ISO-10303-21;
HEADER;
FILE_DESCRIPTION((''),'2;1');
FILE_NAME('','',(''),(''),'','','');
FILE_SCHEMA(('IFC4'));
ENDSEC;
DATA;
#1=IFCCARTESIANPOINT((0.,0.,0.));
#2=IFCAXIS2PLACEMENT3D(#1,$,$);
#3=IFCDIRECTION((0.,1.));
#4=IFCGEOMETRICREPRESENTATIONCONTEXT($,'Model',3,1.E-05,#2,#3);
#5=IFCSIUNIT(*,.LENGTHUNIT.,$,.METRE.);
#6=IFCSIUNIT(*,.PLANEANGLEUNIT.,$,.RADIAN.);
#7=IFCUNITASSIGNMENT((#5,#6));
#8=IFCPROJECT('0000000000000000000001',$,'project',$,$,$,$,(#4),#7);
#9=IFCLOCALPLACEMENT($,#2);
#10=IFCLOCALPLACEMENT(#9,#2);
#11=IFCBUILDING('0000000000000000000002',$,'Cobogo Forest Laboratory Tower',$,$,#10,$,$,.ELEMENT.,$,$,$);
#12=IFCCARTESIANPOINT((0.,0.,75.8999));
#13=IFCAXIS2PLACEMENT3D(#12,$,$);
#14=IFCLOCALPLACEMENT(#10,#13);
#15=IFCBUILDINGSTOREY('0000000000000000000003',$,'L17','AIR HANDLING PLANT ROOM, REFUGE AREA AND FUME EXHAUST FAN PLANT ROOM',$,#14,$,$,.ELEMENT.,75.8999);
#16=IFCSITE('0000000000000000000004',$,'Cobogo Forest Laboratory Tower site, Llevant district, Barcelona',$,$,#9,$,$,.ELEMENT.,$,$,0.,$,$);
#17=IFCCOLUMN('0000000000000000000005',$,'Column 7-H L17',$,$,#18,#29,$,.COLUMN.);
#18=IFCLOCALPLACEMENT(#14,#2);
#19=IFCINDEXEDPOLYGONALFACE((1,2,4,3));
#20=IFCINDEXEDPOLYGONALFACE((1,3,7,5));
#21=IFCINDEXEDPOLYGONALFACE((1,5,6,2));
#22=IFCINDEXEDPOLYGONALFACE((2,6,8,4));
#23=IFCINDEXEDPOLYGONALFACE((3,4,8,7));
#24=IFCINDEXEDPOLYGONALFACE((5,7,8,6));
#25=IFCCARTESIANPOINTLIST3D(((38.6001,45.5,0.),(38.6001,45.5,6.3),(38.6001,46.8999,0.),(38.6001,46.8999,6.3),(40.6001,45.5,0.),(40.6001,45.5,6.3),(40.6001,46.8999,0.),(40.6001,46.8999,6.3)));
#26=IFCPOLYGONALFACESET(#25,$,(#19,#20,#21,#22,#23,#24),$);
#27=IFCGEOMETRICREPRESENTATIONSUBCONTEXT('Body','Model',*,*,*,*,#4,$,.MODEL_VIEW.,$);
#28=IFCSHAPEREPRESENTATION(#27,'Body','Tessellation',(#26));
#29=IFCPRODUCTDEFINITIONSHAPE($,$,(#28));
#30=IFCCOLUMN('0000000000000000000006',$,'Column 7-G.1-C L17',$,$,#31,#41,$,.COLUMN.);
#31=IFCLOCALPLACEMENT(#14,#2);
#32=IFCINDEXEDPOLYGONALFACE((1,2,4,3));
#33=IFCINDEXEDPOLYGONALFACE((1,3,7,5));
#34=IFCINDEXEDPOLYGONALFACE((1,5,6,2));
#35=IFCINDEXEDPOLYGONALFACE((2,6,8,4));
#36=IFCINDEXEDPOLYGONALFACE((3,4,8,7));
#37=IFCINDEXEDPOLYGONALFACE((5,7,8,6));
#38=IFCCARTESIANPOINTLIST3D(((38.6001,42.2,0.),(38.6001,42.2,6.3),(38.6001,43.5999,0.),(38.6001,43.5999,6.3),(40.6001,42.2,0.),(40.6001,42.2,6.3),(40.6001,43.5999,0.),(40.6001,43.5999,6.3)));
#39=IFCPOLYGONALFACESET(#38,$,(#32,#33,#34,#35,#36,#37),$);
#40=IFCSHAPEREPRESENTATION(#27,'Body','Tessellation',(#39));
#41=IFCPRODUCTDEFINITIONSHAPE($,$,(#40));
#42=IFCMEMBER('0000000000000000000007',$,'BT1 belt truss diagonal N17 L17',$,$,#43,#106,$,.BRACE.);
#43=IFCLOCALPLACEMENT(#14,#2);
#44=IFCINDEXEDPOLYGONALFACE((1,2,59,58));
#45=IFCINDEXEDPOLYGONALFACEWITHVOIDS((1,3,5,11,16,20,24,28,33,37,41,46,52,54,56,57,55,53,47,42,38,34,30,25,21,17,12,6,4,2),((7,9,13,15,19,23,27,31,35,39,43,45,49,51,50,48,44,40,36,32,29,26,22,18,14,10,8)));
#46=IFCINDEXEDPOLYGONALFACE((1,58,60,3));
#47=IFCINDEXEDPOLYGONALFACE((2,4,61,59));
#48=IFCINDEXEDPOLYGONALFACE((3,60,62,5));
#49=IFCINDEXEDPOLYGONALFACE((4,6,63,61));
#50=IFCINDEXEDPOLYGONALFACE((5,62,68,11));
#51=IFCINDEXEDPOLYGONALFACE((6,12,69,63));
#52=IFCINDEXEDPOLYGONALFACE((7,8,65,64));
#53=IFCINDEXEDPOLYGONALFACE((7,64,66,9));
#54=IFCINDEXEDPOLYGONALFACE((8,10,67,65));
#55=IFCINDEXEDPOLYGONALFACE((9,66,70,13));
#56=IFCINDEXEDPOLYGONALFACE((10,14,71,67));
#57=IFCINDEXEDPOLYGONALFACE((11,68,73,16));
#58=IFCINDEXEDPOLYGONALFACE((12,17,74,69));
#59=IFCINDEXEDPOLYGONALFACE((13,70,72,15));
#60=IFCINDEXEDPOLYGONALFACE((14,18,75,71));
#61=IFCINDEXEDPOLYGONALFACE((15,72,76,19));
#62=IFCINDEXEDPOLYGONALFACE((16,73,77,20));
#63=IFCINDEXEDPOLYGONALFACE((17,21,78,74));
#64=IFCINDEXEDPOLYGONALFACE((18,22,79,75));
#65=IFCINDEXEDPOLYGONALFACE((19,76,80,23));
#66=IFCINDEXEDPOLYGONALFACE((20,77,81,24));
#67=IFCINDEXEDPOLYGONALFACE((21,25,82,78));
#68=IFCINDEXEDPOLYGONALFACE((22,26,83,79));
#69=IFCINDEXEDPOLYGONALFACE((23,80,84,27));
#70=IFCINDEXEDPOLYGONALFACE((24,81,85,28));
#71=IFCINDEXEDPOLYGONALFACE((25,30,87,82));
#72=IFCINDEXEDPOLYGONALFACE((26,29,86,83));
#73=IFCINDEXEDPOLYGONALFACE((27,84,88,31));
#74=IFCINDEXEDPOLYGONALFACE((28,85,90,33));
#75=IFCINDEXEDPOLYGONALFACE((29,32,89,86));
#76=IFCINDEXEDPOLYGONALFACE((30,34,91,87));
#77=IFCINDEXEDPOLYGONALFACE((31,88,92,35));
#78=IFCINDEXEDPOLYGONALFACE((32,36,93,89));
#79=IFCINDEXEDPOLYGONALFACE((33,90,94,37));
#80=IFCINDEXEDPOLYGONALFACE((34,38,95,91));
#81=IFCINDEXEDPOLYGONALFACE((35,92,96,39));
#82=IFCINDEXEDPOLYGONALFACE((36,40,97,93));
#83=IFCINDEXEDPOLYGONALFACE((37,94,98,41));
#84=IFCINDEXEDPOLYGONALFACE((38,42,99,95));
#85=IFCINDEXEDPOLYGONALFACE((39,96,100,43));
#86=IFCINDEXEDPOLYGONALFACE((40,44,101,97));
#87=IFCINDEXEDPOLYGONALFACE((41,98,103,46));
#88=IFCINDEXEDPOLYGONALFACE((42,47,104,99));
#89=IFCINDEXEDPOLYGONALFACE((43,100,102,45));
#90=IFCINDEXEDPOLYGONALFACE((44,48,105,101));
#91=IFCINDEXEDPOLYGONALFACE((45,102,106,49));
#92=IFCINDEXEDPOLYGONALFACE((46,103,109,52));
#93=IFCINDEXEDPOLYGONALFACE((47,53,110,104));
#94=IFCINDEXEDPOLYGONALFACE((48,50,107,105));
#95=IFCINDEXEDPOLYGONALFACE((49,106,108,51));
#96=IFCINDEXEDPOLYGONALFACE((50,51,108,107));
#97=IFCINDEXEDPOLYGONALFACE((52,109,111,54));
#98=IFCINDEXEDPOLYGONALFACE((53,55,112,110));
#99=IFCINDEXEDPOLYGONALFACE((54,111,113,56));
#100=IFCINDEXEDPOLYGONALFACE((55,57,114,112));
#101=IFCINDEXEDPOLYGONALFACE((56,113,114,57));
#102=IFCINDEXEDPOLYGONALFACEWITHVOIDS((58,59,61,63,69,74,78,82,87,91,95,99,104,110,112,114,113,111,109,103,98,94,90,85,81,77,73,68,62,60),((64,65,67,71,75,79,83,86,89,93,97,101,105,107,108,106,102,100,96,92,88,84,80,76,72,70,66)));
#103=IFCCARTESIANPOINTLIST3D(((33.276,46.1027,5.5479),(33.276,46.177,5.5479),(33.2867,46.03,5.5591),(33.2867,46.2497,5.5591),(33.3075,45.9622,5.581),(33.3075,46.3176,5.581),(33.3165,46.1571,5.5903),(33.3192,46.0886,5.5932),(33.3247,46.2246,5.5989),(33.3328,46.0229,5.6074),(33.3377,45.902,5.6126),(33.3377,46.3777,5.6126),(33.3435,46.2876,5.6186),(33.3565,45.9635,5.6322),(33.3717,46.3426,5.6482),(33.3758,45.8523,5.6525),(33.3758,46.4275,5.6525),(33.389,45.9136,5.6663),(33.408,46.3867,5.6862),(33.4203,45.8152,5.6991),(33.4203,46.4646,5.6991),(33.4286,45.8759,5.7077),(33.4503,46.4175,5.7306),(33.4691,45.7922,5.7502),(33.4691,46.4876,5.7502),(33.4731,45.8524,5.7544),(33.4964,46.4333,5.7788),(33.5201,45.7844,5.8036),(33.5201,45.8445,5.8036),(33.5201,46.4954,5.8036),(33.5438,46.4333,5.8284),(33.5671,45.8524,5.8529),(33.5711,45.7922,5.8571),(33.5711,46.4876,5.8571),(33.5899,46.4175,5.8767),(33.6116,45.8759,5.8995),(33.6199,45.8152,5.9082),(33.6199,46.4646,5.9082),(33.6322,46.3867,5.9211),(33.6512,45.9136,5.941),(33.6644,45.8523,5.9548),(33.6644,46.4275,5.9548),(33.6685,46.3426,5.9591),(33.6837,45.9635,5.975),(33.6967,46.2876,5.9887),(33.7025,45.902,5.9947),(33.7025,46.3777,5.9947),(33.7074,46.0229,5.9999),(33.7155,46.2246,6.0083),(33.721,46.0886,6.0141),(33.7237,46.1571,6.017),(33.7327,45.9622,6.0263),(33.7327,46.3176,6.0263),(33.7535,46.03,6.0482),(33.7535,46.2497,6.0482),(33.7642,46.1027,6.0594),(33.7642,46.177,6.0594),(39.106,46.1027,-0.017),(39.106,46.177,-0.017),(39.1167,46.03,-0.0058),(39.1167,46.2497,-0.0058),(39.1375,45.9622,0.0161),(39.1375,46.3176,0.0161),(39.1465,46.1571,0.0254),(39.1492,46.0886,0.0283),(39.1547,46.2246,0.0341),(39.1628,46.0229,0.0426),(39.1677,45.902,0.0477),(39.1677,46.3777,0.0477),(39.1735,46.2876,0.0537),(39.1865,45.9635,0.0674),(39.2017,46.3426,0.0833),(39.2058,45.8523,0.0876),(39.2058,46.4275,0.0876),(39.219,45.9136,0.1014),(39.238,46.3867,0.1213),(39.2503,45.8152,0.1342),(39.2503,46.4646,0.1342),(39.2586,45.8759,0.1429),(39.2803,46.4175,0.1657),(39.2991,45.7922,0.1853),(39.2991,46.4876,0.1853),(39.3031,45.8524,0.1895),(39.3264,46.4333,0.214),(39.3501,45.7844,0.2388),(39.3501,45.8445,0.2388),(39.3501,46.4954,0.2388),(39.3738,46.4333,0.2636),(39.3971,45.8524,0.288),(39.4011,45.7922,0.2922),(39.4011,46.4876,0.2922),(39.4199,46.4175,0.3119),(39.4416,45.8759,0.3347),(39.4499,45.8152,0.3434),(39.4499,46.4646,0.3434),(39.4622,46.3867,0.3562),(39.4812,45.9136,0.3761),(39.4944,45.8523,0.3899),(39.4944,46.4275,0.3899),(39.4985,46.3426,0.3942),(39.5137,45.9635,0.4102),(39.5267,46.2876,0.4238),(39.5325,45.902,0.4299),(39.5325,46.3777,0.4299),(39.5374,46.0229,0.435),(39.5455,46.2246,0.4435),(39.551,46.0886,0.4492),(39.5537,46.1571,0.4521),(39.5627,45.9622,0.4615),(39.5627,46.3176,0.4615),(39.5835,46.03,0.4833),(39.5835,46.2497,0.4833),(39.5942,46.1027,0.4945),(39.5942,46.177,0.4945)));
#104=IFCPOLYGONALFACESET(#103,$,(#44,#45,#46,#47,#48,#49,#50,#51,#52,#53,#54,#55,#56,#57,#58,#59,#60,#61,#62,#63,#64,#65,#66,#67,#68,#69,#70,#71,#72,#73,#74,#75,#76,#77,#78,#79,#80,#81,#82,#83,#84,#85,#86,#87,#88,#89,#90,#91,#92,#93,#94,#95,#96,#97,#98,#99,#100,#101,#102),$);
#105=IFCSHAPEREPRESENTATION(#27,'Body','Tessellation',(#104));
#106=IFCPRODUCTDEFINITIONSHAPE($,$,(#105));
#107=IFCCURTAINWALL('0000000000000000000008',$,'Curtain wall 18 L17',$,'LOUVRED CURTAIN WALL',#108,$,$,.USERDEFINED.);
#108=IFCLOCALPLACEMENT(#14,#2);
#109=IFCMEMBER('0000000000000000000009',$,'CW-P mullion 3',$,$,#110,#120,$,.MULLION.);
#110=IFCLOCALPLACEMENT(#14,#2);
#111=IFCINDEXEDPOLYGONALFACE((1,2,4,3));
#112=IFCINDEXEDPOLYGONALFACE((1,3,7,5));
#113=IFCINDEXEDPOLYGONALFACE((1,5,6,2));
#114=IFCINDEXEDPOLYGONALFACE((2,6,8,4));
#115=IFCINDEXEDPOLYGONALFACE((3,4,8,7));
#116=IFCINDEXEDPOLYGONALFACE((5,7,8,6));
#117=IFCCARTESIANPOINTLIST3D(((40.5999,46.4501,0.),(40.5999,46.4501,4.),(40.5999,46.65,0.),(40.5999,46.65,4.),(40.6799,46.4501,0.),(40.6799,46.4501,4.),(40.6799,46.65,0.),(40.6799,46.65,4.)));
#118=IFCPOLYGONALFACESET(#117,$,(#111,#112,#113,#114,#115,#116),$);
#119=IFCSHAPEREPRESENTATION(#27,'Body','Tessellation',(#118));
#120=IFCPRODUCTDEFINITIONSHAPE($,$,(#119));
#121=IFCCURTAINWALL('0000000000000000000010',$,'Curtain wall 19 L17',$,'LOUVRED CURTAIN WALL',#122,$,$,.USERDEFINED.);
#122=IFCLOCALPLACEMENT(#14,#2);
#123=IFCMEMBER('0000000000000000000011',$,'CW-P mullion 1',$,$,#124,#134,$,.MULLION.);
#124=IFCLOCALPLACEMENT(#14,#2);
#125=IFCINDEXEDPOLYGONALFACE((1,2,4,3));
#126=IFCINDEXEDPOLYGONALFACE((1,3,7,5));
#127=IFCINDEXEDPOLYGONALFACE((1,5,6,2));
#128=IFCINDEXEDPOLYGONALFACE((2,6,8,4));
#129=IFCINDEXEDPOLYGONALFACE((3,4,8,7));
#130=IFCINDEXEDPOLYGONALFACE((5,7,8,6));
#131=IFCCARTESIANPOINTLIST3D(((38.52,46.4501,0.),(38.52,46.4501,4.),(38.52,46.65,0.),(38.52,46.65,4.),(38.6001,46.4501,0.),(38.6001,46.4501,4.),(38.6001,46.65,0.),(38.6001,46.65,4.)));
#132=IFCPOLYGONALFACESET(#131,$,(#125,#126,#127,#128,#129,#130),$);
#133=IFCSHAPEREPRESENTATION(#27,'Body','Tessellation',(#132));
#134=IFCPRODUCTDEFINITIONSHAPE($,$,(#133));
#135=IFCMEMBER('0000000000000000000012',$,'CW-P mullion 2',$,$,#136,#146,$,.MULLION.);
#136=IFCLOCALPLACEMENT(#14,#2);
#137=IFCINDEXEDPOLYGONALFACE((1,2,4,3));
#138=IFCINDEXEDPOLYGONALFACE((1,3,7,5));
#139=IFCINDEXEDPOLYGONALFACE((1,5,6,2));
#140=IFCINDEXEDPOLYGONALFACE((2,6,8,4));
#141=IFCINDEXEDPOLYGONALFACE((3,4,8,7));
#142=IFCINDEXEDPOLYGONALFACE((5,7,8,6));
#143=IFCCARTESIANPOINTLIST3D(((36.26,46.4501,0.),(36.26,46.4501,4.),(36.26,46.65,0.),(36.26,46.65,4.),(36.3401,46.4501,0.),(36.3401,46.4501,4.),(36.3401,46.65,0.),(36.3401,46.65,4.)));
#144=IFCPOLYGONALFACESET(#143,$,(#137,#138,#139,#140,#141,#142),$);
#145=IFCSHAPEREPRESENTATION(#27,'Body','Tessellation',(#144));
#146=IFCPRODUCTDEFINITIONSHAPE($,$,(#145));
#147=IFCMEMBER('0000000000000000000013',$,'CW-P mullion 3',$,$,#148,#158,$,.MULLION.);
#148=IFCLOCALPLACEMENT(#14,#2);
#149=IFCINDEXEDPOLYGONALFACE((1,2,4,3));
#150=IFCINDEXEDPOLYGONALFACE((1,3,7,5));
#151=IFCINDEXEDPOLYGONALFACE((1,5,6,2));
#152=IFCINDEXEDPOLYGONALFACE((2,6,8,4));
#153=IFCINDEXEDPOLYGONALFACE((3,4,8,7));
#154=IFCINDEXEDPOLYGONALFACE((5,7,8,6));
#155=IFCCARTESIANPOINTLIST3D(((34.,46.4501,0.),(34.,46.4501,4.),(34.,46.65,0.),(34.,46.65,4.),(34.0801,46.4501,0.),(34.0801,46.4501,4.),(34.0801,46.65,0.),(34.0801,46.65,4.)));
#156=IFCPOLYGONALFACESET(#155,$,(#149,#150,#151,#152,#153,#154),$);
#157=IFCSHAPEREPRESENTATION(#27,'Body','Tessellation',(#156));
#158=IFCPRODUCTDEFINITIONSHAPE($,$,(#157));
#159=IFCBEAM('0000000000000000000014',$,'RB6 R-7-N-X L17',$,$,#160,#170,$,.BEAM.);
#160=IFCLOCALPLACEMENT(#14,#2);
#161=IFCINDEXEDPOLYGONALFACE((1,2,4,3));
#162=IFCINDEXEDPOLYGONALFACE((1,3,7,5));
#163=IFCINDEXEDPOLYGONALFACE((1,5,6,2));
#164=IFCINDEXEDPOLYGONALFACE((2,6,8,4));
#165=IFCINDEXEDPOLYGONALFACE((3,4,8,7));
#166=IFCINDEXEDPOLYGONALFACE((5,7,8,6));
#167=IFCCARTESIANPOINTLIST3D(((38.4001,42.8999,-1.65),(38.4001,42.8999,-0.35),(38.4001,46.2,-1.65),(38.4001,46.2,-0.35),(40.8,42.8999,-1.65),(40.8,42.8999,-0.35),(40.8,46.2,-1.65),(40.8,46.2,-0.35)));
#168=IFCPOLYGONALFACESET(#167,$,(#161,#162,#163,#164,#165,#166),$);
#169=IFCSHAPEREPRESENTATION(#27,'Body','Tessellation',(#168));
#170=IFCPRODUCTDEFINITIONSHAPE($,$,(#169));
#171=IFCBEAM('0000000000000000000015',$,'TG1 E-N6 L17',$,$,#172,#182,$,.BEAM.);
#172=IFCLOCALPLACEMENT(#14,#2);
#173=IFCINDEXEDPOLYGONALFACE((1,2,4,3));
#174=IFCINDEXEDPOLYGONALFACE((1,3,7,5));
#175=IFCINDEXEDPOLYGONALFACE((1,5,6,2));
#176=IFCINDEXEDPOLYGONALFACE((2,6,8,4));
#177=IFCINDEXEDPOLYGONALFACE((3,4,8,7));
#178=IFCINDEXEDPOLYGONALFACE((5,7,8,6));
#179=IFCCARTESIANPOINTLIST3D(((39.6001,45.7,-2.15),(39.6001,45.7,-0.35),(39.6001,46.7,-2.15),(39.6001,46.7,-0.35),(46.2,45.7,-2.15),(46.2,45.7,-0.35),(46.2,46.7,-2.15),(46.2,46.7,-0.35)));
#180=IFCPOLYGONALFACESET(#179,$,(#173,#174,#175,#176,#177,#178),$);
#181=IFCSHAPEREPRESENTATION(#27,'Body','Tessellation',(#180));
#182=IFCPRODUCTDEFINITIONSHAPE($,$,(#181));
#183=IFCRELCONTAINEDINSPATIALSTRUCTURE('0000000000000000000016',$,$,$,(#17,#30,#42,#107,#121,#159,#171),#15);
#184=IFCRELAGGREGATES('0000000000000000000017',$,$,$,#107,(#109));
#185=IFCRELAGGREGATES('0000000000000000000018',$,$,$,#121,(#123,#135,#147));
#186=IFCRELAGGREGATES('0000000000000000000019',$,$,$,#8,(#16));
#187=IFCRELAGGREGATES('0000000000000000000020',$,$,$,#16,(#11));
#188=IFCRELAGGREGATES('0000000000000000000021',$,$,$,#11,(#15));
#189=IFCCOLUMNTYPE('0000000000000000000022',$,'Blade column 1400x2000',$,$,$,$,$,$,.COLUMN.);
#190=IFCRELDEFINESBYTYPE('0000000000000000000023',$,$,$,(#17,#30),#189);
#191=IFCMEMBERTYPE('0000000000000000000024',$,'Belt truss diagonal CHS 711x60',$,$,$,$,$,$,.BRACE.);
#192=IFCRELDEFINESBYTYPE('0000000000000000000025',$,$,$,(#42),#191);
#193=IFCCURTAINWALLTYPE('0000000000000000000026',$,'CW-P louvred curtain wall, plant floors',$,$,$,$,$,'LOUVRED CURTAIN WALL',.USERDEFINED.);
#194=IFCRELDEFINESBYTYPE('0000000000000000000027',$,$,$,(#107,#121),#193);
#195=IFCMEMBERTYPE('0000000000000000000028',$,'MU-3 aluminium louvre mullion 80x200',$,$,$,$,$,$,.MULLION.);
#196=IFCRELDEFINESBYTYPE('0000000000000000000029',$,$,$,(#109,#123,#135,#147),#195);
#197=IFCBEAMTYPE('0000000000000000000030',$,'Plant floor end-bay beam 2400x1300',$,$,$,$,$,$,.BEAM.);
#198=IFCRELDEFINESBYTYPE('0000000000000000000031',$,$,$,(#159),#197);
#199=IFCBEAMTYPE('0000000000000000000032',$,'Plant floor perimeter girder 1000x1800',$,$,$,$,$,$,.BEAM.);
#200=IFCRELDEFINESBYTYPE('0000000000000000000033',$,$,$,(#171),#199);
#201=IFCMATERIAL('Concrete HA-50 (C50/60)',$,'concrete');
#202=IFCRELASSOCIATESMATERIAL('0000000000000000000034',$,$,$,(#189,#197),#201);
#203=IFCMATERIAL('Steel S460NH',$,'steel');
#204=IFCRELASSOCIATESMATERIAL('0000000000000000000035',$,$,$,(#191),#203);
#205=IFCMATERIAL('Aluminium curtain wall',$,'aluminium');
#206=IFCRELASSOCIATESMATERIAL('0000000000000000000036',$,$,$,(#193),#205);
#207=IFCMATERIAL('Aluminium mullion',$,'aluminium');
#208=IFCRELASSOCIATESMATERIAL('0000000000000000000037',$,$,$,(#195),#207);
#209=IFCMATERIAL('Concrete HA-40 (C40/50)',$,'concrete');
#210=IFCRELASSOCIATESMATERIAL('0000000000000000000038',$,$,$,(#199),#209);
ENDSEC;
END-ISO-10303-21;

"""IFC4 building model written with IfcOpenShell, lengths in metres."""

from ifc_helpers import new_model, si_unit, direction, frame, origin, origin_2d, place, context, subcontext, project, spatial, rectangle, hollow_circle, extrude, material, material_profile, profile_set, type_object, element, aggregate, save


model = new_model("IFC4")

# Units and contexts
model_context = context("Model", 3, precision=1e-05, world=origin(), true_north=direction((0.0, 1.0)))
body_context = subcontext(model_context, "Body", "Model", "MODEL_VIEW")
ifc_project = project(units=[si_unit("LENGTHUNIT", "METRE"), si_unit("PLANEANGLEUNIT", "RADIAN")], contexts=[model_context])

# Site, building, storey
site_placement = place(None, origin())
site = spatial("IfcSite", under=ifc_project, at=site_placement, Name="Cobogo Forest Laboratory Tower site, Llevant district, Barcelona", CompositionType="ELEMENT", RefElevation=0.0)
building_placement = place(site_placement, origin())
building = spatial("IfcBuilding", under=site, at=building_placement, Name="Cobogo Forest Laboratory Tower", CompositionType="ELEMENT")
storey_placement = place(building_placement, frame((0.0, 0.0, 75.8999)))
storey = spatial("IfcBuildingStorey", under=building, at=storey_placement, Name="L17", Description="AIR HANDLING PLANT ROOM, REFUGE AREA AND FUME EXHAUST FAN PLANT ROOM", CompositionType="ELEMENT", Elevation=75.8999)

# Columns
ifc_material_1 = material(Name="Concrete HA-50 (C50/60)", Category="concrete")
ifc_material_profile_1 = material_profile(ifc_material_1, rectangle(XDim=2.0, YDim=1.3999, at=origin_2d()), Name="RC 1400x2000")
ifc_profile_set_1 = profile_set([ifc_material_profile_1], Name="Concrete HA-50 (C50/60)")
column_type = type_object("IfcColumnType", Name="Blade column 1400x2000", PredefinedType="COLUMN", material=ifc_profile_set_1)
for number, where, z_axis, x_axis, name in (
    (1, (39.6001, 46.2, 0.0), (0.0, 0.0, 1.0), (1.0, 0.0, 0.0), "Column 7-H L17"),
    (2, (39.6001, 42.8999, 0.0), (0.0, 0.0, 1.0), (1.0, 0.0, 0.0), "Column 7-G.1-C L17"),
):
    element("IfcColumn", number, at=place(storey_placement, frame(where, z_axis=z_axis, x_axis=x_axis)), inside=storey, type_object=column_type, Name=name, PredefinedType="COLUMN", context=body_context, shape_type="SweptSolid", body=[
        extrude(rectangle(XDim=2.0, YDim=1.3999, at=origin_2d()), origin(), (0.0, 0.0, 1.0), 6.3),
    ])

# Member
ifc_material_2 = material(Name="Steel S460NH", Category="steel")
ifc_material_profile_2 = material_profile(ifc_material_2, hollow_circle(Radius=0.3555, WallThickness=0.0601, at=origin_2d()), Name="CHS 711x60")
ifc_profile_set_2 = profile_set([ifc_material_profile_2], Name="Steel S460NH")
member_type_1 = type_object("IfcMemberType", Name="Belt truss diagonal CHS 711x60", PredefinedType="BRACE", material=ifc_profile_set_2)
member_1_placement = place(storey_placement, frame((39.3501, 46.1399, 0.2388), z_axis=(-0.723364, 0.0, 0.690467), x_axis=(0.0, -1.0, 0.0)))
element("IfcMember", 3, at=member_1_placement, inside=storey, type_object=member_type_1, Name="BT1 belt truss diagonal N17 L17", PredefinedType="BRACE", context=body_context, shape_type="SweptSolid", body=[
    extrude(hollow_circle(Radius=0.3555, WallThickness=0.0601, at=origin_2d()), origin(), (0.0, 0.0, 1.0), 8.0596),
])

# Curtain wall, member
ifc_material_3 = material(Name="Aluminium curtain wall", Category="aluminium")
curtain_wall_type = type_object("IfcCurtainWallType", Name="CW-P louvred curtain wall, plant floors", ElementType="LOUVRED CURTAIN WALL", PredefinedType="USERDEFINED", material=ifc_material_3)
curtain_wall_1_placement = place(storey_placement, origin())
curtain_wall_1 = element("IfcCurtainWall", 4, at=curtain_wall_1_placement, inside=storey, type_object=curtain_wall_type, Name="Curtain wall 18 L17", ObjectType="LOUVRED CURTAIN WALL", PredefinedType="USERDEFINED")
ifc_material_4 = material(Name="Aluminium mullion", Category="aluminium")
ifc_material_profile_3 = material_profile(ifc_material_4, rectangle(XDim=0.0801, YDim=0.2, at=origin_2d()), Name="AL 80x200")
ifc_profile_set_3 = profile_set([ifc_material_profile_3], Name="Aluminium mullion")
member_type_2 = type_object("IfcMemberType", Name="MU-3 aluminium louvre mullion 80x200", PredefinedType="MULLION", material=ifc_profile_set_3)
member_2_placement = place(storey_placement, frame((40.6399, 46.55, 0.0), z_axis=(0.0, 0.0, 1.0), x_axis=(-1.0, 0.0, 0.0)))
member_2 = element("IfcMember", 5, at=member_2_placement, type_object=member_type_2, Name="CW-P mullion 3", PredefinedType="MULLION", context=body_context, shape_type="SweptSolid", body=[
    extrude(rectangle(XDim=0.0801, YDim=0.2, at=origin_2d()), origin(), (0.0, 0.0, 1.0), 4.0),
])

# Curtain wall, members
curtain_wall_2_placement = place(storey_placement, origin())
curtain_wall_2 = element("IfcCurtainWall", 6, at=curtain_wall_2_placement, inside=storey, type_object=curtain_wall_type, Name="Curtain wall 19 L17", ObjectType="LOUVRED CURTAIN WALL", PredefinedType="USERDEFINED")
member_3_placement = place(storey_placement, frame((38.5601, 46.55, 0.0), z_axis=(0.0, 0.0, 1.0), x_axis=(-1.0, 0.0, 0.0)))
member_3 = element("IfcMember", 7, at=member_3_placement, type_object=member_type_2, Name="CW-P mullion 1", PredefinedType="MULLION", context=body_context, shape_type="SweptSolid", body=[
    extrude(rectangle(XDim=0.0801, YDim=0.2, at=origin_2d()), origin(), (0.0, 0.0, 1.0), 4.0),
])
member_4_placement = place(storey_placement, frame((36.3, 46.55, 0.0), z_axis=(0.0, 0.0, 1.0), x_axis=(-1.0, 0.0, 0.0)))
member_4 = element("IfcMember", 8, at=member_4_placement, type_object=member_type_2, Name="CW-P mullion 2", PredefinedType="MULLION", context=body_context, shape_type="SweptSolid", body=[
    extrude(rectangle(XDim=0.0801, YDim=0.2, at=origin_2d()), origin(), (0.0, 0.0, 1.0), 4.0),
])
member_5_placement = place(storey_placement, frame((34.04, 46.55, 0.0), z_axis=(0.0, 0.0, 1.0), x_axis=(-1.0, 0.0, 0.0)))
member_5 = element("IfcMember", 9, at=member_5_placement, type_object=member_type_2, Name="CW-P mullion 3", PredefinedType="MULLION", context=body_context, shape_type="SweptSolid", body=[
    extrude(rectangle(XDim=0.0801, YDim=0.2, at=origin_2d()), origin(), (0.0, 0.0, 1.0), 4.0),
])

# Beams
ifc_material_profile_4 = material_profile(ifc_material_1, rectangle(XDim=2.3999, YDim=1.3, at=origin_2d()), Name="RC 2400x1300")
ifc_profile_set_4 = profile_set([ifc_material_profile_4], Name="Concrete HA-50 (C50/60)")
beam_type_1 = type_object("IfcBeamType", Name="Plant floor end-bay beam 2400x1300", PredefinedType="BEAM", material=ifc_profile_set_4)
beam_1_placement = place(storey_placement, frame((39.6001, 46.2, -1.0), z_axis=(0.0, -1.0, 0.0), x_axis=(1.0, 0.0, 0.0)))
element("IfcBeam", 10, at=beam_1_placement, inside=storey, type_object=beam_type_1, Name="RB6 R-7-N-X L17", PredefinedType="BEAM", context=body_context, shape_type="SweptSolid", body=[
    extrude(rectangle(XDim=2.3999, YDim=1.3, at=origin_2d()), origin(), (0.0, 0.0, 1.0), 3.3),
])
ifc_material_5 = material(Name="Concrete HA-40 (C40/50)", Category="concrete")
ifc_material_profile_5 = material_profile(ifc_material_5, rectangle(XDim=1.0, YDim=1.8, at=origin_2d()), Name="RC 1000x1800")
ifc_profile_set_5 = profile_set([ifc_material_profile_5], Name="Concrete HA-40 (C40/50)")
beam_type_2 = type_object("IfcBeamType", Name="Plant floor perimeter girder 1000x1800", PredefinedType="BEAM", material=ifc_profile_set_5)
beam_2_placement = place(storey_placement, frame((39.6001, 46.2, -1.25), z_axis=(1.0, 0.0, 0.0), x_axis=(0.0, 1.0, 0.0)))
element("IfcBeam", 11, at=beam_2_placement, inside=storey, type_object=beam_type_2, Name="TG1 E-N6 L17", PredefinedType="BEAM", context=body_context, shape_type="SweptSolid", body=[
    extrude(rectangle(XDim=1.0, YDim=1.8, at=origin_2d()), origin(), (0.0, 0.0, 1.0), 6.5999),
])

aggregate(curtain_wall_1, [member_2])
aggregate(curtain_wall_2, [member_3, member_4, member_5])

save(model, "model.ifc")
